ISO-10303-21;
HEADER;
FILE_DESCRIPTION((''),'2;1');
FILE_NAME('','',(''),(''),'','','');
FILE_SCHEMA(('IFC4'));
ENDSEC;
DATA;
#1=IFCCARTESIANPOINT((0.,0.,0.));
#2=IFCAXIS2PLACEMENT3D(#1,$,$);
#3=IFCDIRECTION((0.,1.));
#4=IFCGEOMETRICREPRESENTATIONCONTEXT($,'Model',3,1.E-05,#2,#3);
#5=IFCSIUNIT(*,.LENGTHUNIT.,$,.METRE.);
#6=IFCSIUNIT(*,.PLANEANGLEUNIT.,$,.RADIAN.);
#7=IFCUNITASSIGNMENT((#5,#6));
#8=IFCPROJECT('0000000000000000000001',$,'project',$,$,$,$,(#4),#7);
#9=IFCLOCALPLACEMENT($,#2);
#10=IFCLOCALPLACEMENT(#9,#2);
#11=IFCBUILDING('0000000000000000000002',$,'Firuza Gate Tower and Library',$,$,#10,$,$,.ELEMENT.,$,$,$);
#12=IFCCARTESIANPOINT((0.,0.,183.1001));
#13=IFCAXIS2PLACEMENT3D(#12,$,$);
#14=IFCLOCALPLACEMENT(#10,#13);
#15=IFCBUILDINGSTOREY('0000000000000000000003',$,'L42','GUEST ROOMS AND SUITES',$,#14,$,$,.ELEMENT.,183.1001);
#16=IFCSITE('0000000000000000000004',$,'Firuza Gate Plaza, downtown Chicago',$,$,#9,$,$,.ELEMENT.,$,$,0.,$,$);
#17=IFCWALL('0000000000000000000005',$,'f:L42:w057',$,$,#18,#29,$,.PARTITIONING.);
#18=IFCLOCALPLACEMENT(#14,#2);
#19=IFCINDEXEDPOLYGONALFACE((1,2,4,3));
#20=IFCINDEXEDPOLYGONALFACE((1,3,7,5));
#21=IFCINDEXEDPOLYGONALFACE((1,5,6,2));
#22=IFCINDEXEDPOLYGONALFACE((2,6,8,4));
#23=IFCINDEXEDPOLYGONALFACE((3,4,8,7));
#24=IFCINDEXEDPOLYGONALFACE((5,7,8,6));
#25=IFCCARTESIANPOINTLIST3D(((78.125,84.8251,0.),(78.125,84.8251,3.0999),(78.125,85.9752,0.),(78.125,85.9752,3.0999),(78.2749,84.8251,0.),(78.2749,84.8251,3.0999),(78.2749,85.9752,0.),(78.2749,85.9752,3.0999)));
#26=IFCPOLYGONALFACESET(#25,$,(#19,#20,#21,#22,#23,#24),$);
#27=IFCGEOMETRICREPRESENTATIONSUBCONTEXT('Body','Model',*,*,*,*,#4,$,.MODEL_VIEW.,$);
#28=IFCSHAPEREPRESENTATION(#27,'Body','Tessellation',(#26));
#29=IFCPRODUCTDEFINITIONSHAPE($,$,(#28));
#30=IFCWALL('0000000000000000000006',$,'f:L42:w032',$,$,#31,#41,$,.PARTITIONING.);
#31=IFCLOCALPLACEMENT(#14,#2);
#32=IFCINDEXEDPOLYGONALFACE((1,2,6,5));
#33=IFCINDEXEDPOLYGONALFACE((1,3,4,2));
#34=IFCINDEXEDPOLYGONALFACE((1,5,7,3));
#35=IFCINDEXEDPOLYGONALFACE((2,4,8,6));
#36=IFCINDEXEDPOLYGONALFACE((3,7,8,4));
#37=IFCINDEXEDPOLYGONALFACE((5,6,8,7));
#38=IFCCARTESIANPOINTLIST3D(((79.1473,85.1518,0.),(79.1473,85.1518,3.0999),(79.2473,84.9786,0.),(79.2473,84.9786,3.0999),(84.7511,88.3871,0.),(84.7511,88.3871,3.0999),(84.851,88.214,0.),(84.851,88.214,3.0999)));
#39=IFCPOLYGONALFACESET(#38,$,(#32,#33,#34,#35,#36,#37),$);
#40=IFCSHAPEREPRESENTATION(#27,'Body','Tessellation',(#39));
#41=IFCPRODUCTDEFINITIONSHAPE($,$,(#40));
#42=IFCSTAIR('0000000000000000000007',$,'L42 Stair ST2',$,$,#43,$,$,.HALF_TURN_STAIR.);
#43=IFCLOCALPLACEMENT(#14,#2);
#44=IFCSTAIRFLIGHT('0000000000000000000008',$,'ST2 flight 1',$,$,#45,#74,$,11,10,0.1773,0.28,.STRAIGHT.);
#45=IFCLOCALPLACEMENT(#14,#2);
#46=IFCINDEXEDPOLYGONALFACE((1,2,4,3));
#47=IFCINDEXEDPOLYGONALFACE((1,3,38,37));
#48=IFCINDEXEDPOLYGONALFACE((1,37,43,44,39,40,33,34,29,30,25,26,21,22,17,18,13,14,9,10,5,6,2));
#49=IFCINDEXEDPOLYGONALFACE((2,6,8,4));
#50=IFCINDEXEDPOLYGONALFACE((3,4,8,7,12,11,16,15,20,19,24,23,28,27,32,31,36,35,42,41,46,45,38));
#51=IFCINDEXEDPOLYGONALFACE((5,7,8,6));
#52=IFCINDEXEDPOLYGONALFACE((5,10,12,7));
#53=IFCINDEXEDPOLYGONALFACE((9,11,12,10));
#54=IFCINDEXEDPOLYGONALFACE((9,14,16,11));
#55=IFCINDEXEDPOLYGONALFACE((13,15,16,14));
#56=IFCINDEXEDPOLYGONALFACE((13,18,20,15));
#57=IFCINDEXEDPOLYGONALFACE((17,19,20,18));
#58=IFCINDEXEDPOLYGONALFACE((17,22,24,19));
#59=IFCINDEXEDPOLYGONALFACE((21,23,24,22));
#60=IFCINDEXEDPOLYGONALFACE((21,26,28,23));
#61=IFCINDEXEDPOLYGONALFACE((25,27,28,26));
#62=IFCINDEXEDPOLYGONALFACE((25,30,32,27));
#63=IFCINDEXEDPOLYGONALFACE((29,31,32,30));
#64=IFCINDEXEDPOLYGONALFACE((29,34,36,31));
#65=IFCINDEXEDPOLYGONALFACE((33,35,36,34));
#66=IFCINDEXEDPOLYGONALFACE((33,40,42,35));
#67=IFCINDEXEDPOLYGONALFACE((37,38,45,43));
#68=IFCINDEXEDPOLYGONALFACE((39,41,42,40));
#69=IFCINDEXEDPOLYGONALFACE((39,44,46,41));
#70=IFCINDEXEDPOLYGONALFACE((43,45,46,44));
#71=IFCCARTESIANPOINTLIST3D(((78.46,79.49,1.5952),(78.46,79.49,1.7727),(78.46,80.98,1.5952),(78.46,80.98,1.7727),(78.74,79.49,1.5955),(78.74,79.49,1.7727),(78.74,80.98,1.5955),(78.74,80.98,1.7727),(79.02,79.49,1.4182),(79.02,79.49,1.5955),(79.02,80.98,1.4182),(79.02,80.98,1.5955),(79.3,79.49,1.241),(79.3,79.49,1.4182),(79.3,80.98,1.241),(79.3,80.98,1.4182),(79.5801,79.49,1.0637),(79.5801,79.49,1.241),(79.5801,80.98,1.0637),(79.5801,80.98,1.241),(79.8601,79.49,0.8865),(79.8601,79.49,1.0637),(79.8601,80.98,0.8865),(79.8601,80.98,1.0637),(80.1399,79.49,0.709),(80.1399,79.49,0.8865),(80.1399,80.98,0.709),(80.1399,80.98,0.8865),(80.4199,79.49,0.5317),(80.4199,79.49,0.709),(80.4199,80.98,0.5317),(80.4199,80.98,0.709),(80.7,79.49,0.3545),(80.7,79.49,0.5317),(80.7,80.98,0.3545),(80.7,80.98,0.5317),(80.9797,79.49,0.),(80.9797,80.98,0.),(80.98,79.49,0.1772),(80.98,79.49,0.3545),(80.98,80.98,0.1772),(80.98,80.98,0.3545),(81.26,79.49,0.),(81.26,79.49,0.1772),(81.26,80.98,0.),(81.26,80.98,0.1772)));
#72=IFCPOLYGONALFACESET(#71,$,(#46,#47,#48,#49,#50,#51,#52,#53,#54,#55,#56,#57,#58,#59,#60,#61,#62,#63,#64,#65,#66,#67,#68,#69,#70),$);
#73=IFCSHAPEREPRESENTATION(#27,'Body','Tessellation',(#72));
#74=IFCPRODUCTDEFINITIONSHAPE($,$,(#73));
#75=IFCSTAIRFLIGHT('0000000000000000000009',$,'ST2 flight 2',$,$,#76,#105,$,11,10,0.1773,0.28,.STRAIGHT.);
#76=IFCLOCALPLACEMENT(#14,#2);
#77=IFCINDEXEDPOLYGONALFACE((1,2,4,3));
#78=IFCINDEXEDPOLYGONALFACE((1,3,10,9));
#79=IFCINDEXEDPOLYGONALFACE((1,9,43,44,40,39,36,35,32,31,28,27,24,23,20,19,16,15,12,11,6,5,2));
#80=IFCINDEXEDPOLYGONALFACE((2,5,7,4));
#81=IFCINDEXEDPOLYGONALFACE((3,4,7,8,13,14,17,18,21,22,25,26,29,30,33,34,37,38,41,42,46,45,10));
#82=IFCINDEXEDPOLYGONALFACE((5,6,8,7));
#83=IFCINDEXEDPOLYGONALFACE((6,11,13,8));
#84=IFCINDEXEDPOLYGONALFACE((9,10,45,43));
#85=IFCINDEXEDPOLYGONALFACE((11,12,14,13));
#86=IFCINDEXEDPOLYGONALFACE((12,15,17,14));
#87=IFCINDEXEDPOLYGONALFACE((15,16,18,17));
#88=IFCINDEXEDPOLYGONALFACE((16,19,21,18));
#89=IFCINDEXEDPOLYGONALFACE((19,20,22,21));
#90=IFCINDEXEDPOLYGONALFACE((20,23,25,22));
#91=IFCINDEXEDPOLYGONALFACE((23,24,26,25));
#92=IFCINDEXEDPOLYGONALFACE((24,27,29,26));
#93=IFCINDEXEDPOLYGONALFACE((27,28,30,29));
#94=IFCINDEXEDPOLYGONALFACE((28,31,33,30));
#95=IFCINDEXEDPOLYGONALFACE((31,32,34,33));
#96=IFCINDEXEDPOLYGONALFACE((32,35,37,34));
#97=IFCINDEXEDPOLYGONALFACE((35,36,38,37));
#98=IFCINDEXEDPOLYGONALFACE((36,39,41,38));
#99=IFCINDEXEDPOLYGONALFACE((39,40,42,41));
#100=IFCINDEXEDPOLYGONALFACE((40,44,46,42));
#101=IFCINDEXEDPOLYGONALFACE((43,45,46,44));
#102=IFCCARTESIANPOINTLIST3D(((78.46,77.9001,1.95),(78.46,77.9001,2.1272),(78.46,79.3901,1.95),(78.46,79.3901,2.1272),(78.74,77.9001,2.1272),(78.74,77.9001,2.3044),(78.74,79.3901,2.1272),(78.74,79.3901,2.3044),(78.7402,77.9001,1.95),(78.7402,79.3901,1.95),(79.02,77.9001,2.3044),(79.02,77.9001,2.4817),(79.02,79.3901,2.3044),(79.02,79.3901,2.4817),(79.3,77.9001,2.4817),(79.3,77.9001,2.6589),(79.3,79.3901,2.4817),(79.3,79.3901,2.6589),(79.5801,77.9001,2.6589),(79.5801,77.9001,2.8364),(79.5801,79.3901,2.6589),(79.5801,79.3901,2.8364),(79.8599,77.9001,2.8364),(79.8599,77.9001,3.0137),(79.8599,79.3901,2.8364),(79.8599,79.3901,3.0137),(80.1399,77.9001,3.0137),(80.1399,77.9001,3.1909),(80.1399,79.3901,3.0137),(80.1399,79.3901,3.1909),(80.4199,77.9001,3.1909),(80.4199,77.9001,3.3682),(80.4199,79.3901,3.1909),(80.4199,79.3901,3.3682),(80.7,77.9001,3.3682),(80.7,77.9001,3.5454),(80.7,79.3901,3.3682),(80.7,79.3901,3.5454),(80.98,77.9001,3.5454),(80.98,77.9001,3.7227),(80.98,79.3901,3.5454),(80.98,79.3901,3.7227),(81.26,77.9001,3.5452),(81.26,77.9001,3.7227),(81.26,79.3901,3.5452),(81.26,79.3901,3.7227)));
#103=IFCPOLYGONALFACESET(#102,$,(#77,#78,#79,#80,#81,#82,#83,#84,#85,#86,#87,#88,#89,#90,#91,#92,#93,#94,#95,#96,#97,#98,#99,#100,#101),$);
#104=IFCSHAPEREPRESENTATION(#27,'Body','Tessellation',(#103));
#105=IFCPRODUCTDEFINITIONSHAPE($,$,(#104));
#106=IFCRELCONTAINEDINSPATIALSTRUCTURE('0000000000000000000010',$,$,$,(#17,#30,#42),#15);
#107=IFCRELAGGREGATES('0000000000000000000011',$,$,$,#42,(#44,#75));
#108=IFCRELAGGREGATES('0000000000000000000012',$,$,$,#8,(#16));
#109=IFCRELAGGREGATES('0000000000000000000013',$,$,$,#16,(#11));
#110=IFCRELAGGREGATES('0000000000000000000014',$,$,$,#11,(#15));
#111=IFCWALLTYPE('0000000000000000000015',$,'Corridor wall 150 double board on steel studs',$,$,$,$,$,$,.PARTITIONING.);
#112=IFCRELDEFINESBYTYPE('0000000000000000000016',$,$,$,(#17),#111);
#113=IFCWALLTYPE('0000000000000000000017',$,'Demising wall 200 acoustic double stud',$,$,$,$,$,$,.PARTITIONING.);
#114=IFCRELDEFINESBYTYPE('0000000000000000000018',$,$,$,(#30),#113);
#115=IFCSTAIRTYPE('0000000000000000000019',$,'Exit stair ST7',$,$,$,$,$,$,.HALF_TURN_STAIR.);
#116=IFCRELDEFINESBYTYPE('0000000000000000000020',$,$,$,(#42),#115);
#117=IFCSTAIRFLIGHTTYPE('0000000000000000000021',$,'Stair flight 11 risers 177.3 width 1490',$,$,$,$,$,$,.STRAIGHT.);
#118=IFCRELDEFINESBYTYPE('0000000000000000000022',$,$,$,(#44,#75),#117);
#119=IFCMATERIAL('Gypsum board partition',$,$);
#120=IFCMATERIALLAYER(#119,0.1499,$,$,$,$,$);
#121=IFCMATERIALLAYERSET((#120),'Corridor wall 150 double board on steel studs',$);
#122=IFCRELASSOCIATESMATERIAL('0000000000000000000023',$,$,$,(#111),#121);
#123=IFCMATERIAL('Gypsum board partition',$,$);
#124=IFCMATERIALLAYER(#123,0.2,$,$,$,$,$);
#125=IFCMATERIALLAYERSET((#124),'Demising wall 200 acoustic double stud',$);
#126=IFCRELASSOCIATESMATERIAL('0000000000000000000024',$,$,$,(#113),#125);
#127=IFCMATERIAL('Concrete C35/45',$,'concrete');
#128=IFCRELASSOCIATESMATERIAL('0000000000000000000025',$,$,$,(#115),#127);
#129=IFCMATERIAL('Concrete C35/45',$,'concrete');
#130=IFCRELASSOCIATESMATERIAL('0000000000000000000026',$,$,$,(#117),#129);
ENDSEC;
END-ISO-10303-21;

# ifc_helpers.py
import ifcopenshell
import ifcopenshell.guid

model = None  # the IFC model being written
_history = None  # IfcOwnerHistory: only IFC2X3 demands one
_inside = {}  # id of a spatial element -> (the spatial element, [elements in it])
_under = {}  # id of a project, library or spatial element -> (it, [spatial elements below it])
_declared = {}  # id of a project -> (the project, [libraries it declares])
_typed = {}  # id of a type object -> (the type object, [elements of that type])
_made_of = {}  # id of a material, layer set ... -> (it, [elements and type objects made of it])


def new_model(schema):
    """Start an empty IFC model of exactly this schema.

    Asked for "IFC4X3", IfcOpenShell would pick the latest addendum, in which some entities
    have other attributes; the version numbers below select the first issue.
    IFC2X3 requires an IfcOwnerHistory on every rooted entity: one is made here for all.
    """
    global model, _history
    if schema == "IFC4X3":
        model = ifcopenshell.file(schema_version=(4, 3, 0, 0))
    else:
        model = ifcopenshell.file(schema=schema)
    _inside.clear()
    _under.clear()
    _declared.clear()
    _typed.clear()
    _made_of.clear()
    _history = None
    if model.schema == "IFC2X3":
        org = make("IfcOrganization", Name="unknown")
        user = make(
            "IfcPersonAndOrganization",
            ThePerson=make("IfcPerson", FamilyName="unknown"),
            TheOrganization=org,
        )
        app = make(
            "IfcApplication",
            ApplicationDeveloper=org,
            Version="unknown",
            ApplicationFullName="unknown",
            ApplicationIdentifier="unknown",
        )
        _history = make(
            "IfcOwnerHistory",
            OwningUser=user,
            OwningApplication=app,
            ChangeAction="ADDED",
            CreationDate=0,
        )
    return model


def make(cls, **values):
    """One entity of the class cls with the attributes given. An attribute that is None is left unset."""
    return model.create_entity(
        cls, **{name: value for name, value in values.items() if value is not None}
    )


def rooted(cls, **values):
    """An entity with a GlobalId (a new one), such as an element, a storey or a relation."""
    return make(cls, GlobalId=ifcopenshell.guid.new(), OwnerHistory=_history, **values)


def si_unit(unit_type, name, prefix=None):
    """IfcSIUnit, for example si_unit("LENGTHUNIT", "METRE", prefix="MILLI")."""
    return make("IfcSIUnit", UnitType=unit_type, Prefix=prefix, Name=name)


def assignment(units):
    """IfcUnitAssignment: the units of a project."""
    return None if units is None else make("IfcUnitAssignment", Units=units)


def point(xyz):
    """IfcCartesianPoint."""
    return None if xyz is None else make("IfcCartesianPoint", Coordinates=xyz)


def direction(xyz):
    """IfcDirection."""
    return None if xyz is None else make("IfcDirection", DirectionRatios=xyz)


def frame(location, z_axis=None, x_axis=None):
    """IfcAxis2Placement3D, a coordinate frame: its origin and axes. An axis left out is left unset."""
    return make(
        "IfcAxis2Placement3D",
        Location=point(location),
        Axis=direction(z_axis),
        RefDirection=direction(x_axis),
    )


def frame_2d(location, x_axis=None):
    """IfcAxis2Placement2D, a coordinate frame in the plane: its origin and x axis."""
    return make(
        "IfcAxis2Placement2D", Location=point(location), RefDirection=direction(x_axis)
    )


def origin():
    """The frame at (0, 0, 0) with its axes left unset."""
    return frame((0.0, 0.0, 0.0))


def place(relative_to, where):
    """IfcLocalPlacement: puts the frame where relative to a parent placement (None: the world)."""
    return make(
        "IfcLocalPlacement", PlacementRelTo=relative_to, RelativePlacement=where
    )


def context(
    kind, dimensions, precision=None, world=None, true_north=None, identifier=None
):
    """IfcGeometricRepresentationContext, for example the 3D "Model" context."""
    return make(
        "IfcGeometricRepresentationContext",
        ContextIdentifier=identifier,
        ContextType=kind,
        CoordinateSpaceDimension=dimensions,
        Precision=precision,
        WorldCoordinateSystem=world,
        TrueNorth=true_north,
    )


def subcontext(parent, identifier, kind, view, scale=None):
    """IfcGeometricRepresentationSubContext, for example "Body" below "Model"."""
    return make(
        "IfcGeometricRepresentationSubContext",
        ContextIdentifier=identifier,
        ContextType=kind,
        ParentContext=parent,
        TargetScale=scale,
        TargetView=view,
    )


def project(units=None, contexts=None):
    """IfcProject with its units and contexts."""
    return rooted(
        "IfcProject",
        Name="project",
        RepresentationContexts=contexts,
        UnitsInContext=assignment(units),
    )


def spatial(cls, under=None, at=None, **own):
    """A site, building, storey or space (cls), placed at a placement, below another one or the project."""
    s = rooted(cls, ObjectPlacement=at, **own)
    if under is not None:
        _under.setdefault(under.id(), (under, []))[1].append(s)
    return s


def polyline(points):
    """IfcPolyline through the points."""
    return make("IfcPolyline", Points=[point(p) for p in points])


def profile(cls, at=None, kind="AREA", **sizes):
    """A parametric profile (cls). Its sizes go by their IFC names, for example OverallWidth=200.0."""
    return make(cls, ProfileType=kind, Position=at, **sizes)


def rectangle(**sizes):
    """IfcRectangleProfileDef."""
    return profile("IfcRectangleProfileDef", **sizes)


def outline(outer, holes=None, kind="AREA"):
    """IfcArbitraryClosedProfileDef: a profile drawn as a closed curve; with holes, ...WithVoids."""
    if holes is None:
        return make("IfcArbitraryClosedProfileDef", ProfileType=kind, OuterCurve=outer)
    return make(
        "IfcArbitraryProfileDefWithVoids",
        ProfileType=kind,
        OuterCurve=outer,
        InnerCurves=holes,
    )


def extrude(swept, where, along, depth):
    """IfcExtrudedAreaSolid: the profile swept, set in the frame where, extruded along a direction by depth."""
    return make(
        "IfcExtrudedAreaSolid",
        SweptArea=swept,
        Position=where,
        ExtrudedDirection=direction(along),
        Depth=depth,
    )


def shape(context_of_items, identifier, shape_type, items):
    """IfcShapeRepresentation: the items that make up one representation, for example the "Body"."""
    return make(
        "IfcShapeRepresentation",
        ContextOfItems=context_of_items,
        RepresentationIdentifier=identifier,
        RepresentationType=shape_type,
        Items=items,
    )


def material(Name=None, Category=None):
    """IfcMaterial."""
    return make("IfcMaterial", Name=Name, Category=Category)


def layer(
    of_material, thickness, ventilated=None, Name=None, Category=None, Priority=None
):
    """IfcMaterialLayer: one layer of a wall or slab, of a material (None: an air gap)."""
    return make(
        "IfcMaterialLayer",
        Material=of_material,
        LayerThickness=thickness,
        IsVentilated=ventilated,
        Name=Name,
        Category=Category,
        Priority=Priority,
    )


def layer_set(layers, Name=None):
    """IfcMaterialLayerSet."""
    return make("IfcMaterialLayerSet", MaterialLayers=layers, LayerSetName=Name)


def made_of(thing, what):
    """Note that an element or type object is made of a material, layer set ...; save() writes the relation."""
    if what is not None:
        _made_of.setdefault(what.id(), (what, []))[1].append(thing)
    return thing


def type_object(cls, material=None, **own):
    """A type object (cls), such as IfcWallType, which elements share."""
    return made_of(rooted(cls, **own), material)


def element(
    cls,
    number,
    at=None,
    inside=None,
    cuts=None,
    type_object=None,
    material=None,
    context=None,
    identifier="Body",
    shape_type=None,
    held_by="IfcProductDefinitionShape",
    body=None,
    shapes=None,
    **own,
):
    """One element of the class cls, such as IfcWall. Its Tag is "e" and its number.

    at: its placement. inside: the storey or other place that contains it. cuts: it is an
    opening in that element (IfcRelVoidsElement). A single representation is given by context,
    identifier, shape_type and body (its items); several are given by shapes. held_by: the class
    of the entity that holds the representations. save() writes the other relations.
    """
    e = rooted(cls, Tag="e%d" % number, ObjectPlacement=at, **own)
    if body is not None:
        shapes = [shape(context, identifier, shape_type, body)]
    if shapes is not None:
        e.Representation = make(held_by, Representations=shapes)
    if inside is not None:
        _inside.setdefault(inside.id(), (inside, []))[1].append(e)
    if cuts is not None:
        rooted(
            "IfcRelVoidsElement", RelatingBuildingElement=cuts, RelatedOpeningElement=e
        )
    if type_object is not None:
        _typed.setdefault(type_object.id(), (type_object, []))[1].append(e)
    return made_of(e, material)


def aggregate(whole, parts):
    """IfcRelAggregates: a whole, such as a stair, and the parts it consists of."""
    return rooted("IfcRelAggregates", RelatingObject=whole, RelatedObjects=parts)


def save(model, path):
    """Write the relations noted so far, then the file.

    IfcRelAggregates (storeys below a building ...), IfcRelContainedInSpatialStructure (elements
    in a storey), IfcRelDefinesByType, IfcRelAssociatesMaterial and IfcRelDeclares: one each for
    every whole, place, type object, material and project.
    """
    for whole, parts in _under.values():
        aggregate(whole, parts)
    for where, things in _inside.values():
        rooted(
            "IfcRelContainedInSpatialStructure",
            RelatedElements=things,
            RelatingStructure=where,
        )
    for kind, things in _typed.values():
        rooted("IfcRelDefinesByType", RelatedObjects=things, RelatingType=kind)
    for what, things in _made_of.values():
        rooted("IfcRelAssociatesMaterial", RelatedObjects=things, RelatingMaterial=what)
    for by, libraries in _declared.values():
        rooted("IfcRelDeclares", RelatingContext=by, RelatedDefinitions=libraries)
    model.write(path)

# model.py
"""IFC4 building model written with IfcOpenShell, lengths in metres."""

from ifc_helpers import new_model, si_unit, direction, frame, frame_2d, origin, place, context, subcontext, project, spatial, polyline, rectangle, outline, extrude, material, layer, layer_set, type_object, element, aggregate, save


model = new_model("IFC4")

# Units and contexts
model_context = context("Model", 3, precision=1e-05, world=origin(), true_north=direction((0.0, 1.0)))
body_context = subcontext(model_context, "Body", "Model", "MODEL_VIEW")
ifc_project = project(units=[si_unit("LENGTHUNIT", "METRE"), si_unit("PLANEANGLEUNIT", "RADIAN")], contexts=[model_context])

# Site, building, storey
site_placement = place(None, origin())
site = spatial("IfcSite", under=ifc_project, at=site_placement, Name="Firuza Gate Plaza, downtown Chicago", CompositionType="ELEMENT", RefElevation=0.0)
building_placement = place(site_placement, origin())
building = spatial("IfcBuilding", under=site, at=building_placement, Name="Firuza Gate Tower and Library", CompositionType="ELEMENT")
storey_placement = place(building_placement, frame((0.0, 0.0, 183.1001)))
storey = spatial("IfcBuildingStorey", under=building, at=storey_placement, Name="L42", Description="GUEST ROOMS AND SUITES", CompositionType="ELEMENT", Elevation=183.1001)

# Shared definitions
ifc_material_1 = material(Name="Gypsum board partition")
ifc_layer_1 = layer(ifc_material_1, 0.1499)
ifc_layer_set_1 = layer_set([ifc_layer_1], Name="Corridor wall 150 double board on steel studs")
wall_type_1 = type_object("IfcWallType", Name="Corridor wall 150 double board on steel studs", PredefinedType="PARTITIONING", material=ifc_layer_set_1)

# Walls
wall_1_placement = place(storey_placement, frame((78.2, 84.825, 0.0), z_axis=(0.0, 0.0, 1.0), x_axis=(0.0, 1.0, 0.0)))
element("IfcWall", 1, at=wall_1_placement, inside=storey, type_object=wall_type_1, Name="f:L42:w057", PredefinedType="PARTITIONING", context=body_context, shape_type="SweptSolid", body=[
    extrude(rectangle(XDim=1.1501, YDim=0.1499, at=frame_2d((0.5752, 0.0))), origin(), (0.0, 0.0, 1.0), 3.0999),
])
ifc_material_2 = material(Name="Gypsum board partition")
ifc_layer_2 = layer(ifc_material_2, 0.2)
ifc_layer_set_2 = layer_set([ifc_layer_2], Name="Demising wall 200 acoustic double stud")
wall_type_2 = type_object("IfcWallType", Name="Demising wall 200 acoustic double stud", PredefinedType="PARTITIONING", material=ifc_layer_set_2)
wall_2_placement = place(storey_placement, frame((79.1973, 85.0652, 0.0), z_axis=(0.0, 0.0, 1.0), x_axis=(0.866024, 0.500002, 0.0)))
element("IfcWall", 2, at=wall_2_placement, inside=storey, type_object=wall_type_2, Name="f:L42:w032", PredefinedType="PARTITIONING", context=body_context, shape_type="SweptSolid", body=[
    extrude(rectangle(XDim=6.4707, YDim=0.2, at=frame_2d((3.2354, 0.0))), origin(), (0.0, 0.0, 1.0), 3.0999),
])

# Stair, stair flights
ifc_material_3 = material(Name="Concrete C35/45", Category="concrete")
stair_type = type_object("IfcStairType", Name="Exit stair ST7", PredefinedType="HALF_TURN_STAIR", material=ifc_material_3)
stair_placement = place(storey_placement, origin())
stair = element("IfcStair", 3, at=stair_placement, inside=storey, type_object=stair_type, Name="L42 Stair ST2", PredefinedType="HALF_TURN_STAIR")
ifc_material_4 = material(Name="Concrete C35/45", Category="concrete")
stair_flight_type = type_object("IfcStairFlightType", Name="Stair flight 11 risers 177.3 width 1490", PredefinedType="STRAIGHT", material=ifc_material_4)
stair_flight_1_placement = place(storey_placement, frame((81.26, 80.2351, 0.0), z_axis=(0.0, 0.0, 1.0), x_axis=(-1.0, 0.0, 0.0)))
stair_flight_1 = element("IfcStairFlight", 4, at=stair_flight_1_placement, type_object=stair_flight_type, Name="ST2 flight 1", NumberOfRisers=11, NumberOfTreads=10, PredefinedType="STRAIGHT", RiserHeight=0.1773, TreadLength=0.28, context=body_context, shape_type="SweptSolid", body=[
    extrude(outline(polyline([(0.0, 0.0), (0.0, 0.1772), (0.28, 0.1772), (0.28, 0.3545), (0.5601, 0.3545), (0.5601, 0.5317), (0.8401, 0.5317), (0.8401, 0.709), (1.1201, 0.709), (1.1201, 0.8865), (1.3999, 0.8865), (1.3999, 1.0637), (1.6799, 1.0637), (1.6799, 1.241), (1.96, 1.241), (1.96, 1.4182), (2.24, 1.4182), (2.24, 1.5955), (2.52, 1.5955), (2.52, 1.7727), (2.8, 1.7727), (2.8, 1.95), (2.8, 1.5952), (0.2803, 0.0), (0.0, 0.0)])), frame((0.0, 0.7451, 0.0), z_axis=(0.0, -1.0, 0.0), x_axis=(1.0, 0.0, 0.0)), (0.0, 0.0, 1.0), 1.49),
])
stair_flight_2_placement = place(storey_placement, frame((78.46, 78.645, 1.95), z_axis=(0.0, 0.0, 1.0), x_axis=(1.0, 0.0, 0.0)))
stair_flight_2 = element("IfcStairFlight", 5, at=stair_flight_2_placement, type_object=stair_flight_type, Name="ST2 flight 2", NumberOfRisers=11, NumberOfTreads=10, PredefinedType="STRAIGHT", RiserHeight=0.1773, TreadLength=0.28, context=body_context, shape_type="SweptSolid", body=[
    extrude(outline(polyline([(0.0, 0.0), (0.0, 0.1772), (0.28, 0.1772), (0.28, 0.3545), (0.5601, 0.3545), (0.5601, 0.5317), (0.8401, 0.5317), (0.8401, 0.709), (1.1201, 0.709), (1.1201, 0.8865), (1.3999, 0.8865), (1.3999, 1.0637), (1.6799, 1.0637), (1.6799, 1.241), (1.96, 1.241), (1.96, 1.4182), (2.24, 1.4182), (2.24, 1.5955), (2.52, 1.5955), (2.52, 1.7727), (2.8, 1.7727), (2.8, 1.95), (2.8, 1.5952), (0.2803, 0.0), (0.0, 0.0)])), frame((0.0, 0.7451, 0.0), z_axis=(0.0, -1.0, 0.0), x_axis=(1.0, 0.0, 0.0)), (0.0, 0.0, 1.0), 1.49),
])
aggregate(stair, [stair_flight_1, stair_flight_2])

save(model, "model.ifc")
